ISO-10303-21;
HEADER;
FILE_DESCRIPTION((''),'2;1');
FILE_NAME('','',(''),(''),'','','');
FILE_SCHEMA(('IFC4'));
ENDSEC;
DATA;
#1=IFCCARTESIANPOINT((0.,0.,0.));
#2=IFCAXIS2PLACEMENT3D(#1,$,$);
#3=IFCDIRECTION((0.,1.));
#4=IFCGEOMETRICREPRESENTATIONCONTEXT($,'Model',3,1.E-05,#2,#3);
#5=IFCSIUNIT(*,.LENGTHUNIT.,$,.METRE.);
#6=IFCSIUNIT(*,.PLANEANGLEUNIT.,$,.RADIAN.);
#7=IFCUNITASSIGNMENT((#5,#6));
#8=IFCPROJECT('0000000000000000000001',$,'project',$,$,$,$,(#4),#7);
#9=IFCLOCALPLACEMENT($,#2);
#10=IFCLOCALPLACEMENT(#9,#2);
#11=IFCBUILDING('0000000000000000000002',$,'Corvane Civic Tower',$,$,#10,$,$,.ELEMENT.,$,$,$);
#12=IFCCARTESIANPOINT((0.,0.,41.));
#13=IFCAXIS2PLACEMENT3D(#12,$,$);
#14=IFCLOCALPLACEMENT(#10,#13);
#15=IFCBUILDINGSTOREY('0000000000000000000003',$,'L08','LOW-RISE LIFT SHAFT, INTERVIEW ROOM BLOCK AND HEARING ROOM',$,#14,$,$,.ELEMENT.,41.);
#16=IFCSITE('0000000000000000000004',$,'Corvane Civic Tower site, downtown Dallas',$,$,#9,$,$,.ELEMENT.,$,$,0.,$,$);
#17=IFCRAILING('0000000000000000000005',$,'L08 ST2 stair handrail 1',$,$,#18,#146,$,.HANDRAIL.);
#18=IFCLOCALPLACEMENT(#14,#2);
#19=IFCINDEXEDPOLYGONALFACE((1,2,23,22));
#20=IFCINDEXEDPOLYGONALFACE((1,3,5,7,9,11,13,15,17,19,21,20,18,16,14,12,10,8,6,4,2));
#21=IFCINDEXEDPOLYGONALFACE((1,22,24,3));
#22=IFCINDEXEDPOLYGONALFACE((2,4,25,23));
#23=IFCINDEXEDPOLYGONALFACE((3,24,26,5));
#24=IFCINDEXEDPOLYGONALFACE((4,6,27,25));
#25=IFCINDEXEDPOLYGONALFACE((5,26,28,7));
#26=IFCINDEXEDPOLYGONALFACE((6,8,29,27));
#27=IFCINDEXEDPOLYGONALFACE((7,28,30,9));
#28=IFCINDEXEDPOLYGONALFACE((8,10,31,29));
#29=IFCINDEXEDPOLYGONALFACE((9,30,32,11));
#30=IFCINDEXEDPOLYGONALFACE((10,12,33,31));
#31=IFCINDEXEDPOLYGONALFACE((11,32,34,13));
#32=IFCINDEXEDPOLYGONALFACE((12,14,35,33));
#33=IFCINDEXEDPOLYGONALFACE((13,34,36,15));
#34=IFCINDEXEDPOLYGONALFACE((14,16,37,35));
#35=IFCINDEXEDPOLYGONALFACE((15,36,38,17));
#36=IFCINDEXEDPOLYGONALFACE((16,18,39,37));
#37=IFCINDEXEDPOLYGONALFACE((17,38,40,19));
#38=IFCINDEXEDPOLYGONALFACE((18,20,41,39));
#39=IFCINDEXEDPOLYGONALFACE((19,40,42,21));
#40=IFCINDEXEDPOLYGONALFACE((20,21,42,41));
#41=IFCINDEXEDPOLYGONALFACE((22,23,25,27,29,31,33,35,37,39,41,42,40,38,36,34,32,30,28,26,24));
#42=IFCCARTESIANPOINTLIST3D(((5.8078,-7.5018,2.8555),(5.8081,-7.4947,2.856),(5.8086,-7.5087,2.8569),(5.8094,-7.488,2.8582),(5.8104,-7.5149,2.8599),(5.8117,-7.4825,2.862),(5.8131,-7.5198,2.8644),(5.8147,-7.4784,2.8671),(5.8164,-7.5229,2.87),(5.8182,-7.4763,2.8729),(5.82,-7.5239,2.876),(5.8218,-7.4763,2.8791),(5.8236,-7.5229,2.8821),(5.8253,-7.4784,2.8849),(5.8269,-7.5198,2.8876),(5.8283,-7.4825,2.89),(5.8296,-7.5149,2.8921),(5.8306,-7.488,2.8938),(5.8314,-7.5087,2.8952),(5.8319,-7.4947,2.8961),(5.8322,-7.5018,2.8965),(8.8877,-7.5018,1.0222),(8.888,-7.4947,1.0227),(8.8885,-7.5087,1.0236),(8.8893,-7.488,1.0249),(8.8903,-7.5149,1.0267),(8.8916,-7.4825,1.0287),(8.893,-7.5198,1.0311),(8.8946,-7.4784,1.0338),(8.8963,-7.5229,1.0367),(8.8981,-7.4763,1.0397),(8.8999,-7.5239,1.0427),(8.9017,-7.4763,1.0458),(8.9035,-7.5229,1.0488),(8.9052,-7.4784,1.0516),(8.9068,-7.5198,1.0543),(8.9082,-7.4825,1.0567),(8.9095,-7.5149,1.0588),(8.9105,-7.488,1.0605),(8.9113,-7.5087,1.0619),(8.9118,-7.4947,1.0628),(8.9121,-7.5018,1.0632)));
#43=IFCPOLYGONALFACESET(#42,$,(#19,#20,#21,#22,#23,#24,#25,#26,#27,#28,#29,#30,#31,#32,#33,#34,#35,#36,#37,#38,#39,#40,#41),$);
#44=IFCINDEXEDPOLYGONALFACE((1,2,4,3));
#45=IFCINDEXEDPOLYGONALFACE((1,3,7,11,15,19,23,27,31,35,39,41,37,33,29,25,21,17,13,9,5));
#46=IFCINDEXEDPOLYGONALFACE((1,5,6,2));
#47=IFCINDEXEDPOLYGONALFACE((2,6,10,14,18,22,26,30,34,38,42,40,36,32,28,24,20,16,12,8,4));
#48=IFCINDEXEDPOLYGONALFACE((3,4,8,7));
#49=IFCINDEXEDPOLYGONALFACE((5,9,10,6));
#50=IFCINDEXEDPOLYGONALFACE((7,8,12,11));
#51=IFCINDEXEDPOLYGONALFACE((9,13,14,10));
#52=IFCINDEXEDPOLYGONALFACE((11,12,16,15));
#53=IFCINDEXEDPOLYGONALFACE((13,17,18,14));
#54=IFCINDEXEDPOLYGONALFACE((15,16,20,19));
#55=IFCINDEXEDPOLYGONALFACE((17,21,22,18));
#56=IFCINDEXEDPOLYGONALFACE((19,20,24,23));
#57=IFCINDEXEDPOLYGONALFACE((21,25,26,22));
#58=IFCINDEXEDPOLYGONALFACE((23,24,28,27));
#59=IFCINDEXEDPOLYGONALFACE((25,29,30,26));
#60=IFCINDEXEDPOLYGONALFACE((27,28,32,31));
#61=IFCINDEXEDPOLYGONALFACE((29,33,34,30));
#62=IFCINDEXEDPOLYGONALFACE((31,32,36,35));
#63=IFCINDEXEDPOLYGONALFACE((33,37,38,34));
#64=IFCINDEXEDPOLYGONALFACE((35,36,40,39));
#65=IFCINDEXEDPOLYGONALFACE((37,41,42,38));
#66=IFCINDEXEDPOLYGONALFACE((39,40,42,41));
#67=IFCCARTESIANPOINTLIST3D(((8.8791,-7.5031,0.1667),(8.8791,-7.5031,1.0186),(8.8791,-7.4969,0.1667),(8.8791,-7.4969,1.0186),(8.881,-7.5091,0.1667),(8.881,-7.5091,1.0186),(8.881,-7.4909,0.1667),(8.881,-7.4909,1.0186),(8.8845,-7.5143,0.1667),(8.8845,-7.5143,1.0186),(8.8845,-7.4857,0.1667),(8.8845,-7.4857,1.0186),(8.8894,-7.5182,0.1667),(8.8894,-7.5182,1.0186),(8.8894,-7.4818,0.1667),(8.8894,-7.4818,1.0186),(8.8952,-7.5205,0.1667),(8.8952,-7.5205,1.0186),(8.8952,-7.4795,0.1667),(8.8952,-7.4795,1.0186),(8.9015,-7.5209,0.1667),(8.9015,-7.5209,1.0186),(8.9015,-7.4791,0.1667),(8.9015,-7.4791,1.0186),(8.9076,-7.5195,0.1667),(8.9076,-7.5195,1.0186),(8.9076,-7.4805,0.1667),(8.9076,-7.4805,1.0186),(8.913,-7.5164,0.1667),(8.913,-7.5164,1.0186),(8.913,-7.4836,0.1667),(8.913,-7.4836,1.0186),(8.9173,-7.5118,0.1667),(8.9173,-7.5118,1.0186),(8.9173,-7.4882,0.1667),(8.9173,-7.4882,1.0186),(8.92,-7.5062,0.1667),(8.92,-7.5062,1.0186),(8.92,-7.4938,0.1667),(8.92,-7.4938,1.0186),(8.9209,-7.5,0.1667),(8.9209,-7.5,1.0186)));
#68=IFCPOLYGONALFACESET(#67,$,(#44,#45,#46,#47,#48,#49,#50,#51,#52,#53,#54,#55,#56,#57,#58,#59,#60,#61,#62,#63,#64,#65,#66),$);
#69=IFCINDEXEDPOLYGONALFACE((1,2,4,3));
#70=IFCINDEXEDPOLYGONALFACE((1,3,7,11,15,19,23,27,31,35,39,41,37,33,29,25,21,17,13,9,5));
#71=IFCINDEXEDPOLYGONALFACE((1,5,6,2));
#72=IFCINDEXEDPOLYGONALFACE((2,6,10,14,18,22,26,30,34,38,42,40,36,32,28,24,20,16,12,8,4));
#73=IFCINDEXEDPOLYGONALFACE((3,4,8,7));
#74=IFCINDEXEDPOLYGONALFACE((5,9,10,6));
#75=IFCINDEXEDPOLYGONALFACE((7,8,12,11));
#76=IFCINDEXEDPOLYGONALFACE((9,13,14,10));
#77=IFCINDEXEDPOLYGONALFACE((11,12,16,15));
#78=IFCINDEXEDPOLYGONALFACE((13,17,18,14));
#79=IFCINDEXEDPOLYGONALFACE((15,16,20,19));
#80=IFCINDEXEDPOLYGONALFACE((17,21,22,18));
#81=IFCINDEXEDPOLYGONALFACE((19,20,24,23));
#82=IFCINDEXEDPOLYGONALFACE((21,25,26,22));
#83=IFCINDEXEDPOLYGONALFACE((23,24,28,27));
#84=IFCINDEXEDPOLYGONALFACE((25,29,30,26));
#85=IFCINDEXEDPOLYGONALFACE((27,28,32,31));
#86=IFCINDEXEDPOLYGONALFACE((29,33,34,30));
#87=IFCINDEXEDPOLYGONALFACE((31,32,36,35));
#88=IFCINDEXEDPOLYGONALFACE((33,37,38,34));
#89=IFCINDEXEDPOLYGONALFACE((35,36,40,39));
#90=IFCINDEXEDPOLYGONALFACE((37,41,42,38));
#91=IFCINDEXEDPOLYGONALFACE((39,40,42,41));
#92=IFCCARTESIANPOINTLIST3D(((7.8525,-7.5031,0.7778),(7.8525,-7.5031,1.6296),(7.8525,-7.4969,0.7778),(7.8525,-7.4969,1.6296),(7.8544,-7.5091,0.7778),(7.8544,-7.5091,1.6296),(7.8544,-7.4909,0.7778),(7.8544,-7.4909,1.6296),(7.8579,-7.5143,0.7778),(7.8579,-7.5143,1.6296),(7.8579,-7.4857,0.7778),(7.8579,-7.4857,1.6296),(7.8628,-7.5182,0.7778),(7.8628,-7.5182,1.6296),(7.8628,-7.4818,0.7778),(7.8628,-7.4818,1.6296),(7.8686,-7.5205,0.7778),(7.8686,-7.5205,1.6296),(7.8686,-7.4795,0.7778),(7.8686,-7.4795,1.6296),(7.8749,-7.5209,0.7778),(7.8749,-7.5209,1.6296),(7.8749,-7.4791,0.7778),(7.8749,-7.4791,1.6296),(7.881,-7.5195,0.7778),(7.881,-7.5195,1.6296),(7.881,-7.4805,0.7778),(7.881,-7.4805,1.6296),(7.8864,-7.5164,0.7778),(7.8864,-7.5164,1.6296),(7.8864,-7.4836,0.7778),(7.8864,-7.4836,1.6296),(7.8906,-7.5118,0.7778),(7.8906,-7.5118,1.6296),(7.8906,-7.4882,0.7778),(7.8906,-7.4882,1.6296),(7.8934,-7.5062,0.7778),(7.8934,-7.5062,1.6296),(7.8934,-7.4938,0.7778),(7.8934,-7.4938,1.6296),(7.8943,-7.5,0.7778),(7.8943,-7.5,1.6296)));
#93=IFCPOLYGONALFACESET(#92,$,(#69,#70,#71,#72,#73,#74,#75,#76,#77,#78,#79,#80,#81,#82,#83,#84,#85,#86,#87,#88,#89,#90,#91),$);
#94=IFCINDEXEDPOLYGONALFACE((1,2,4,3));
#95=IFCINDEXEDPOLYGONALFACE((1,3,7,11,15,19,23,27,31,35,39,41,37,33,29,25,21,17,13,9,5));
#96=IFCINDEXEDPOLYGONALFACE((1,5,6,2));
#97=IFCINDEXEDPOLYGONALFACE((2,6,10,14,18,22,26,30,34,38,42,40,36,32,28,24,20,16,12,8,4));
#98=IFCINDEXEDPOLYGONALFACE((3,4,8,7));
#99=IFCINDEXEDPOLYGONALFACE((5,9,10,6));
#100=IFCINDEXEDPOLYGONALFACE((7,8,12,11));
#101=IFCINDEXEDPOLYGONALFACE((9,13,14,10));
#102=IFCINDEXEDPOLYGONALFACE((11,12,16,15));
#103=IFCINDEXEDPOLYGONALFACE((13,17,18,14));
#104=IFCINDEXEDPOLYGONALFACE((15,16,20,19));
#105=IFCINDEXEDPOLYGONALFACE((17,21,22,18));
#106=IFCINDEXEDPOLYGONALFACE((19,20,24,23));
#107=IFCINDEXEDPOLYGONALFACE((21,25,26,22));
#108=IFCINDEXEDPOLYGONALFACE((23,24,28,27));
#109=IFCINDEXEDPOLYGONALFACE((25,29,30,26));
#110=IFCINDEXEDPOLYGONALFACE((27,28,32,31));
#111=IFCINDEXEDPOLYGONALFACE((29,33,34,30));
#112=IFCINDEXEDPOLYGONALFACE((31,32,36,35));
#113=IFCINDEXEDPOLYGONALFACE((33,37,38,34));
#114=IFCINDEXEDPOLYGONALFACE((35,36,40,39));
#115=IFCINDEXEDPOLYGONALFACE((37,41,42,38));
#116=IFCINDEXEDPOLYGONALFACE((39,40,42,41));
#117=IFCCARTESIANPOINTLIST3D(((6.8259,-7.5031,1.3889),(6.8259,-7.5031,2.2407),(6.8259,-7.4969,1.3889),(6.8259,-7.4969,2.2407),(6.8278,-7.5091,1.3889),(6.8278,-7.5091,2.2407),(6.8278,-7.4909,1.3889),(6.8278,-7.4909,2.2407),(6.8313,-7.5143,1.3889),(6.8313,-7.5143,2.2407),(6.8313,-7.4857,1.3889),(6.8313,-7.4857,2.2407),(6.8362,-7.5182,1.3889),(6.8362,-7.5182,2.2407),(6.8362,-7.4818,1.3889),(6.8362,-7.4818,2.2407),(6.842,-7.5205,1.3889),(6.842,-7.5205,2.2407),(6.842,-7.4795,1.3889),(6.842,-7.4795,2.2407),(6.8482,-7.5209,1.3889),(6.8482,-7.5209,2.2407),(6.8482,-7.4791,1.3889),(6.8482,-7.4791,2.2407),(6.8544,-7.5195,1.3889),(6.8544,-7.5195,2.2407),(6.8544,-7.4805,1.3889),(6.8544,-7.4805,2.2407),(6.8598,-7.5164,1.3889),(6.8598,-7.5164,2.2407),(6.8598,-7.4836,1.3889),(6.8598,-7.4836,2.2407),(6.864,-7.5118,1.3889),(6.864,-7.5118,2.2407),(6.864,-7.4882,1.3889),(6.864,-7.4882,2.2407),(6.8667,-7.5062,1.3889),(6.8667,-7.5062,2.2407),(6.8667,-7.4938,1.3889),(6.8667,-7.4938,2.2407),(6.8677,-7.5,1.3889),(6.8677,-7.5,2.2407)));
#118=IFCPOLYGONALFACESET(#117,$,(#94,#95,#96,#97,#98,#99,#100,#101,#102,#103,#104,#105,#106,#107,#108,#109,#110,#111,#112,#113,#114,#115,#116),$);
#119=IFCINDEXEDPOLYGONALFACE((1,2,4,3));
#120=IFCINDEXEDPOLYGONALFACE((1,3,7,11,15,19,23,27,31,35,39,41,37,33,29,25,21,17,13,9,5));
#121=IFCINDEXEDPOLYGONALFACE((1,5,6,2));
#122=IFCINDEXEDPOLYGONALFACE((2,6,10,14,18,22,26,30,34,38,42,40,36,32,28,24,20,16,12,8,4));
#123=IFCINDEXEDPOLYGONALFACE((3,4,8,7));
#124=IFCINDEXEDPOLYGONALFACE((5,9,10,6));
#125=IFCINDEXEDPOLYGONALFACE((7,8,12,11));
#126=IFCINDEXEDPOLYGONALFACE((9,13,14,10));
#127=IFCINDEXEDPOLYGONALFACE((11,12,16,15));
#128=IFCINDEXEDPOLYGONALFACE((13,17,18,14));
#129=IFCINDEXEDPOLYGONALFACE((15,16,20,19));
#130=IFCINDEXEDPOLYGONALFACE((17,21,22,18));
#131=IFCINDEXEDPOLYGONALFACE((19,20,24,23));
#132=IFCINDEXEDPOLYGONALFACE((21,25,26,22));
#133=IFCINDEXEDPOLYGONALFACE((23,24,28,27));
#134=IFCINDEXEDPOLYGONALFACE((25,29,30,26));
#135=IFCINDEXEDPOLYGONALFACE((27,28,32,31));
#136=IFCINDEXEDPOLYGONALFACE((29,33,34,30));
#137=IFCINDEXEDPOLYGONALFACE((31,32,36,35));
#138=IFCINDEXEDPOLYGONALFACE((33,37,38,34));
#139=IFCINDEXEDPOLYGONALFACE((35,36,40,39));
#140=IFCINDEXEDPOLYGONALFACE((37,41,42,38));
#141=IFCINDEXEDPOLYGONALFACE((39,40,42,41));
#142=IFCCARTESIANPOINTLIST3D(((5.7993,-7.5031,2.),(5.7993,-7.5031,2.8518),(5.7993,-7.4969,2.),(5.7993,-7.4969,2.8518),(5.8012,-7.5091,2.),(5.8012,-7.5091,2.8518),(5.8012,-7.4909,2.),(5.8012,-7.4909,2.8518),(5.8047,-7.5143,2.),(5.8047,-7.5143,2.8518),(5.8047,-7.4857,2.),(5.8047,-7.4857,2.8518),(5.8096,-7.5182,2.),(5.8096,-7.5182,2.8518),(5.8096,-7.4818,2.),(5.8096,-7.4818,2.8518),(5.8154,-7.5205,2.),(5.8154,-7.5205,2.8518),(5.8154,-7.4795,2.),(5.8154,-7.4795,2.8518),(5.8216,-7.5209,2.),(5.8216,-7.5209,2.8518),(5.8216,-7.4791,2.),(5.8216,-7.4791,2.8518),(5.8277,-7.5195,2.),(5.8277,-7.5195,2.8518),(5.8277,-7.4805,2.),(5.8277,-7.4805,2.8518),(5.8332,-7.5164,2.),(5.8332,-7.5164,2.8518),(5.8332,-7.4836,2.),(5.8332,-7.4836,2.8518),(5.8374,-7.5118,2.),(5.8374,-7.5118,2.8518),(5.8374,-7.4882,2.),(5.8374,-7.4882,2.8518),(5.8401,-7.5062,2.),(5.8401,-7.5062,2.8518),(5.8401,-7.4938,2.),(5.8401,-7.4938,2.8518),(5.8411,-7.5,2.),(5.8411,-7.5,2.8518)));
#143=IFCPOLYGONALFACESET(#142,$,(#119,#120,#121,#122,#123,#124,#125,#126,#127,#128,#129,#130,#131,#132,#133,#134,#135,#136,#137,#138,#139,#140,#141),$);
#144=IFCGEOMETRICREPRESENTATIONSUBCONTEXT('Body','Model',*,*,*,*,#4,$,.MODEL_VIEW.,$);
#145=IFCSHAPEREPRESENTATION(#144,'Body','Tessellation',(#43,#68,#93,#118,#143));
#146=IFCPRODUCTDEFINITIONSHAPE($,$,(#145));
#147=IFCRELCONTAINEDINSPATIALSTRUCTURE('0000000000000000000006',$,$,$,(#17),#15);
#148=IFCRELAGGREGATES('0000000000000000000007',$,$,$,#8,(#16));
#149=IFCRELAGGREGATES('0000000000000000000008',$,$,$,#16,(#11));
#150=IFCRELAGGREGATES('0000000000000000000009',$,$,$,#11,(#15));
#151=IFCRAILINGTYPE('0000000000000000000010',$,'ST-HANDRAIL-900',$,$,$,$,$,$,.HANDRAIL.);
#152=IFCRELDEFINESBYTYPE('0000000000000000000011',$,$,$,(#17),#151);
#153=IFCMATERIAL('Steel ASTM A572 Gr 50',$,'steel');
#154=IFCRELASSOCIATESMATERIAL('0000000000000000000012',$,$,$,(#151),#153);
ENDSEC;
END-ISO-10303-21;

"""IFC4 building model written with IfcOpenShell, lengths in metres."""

from ifc_helpers import new_model, si_unit, direction, frame, origin, origin_2d, place, context, subcontext, project, spatial, circle, extrude, material, type_object, element, save


model = new_model("IFC4")

# Units and contexts
model_context = context("Model", 3, precision=1e-05, world=origin(), true_north=direction((0.0, 1.0)))
body_context = subcontext(model_context, "Body", "Model", "MODEL_VIEW")
ifc_project = project(units=[si_unit("LENGTHUNIT", "METRE"), si_unit("PLANEANGLEUNIT", "RADIAN")], contexts=[model_context])

# Site, building, storey
site_placement = place(None, origin())
site = spatial("IfcSite", under=ifc_project, at=site_placement, Name="Corvane Civic Tower site, downtown Dallas", CompositionType="ELEMENT", RefElevation=0.0)
building_placement = place(site_placement, origin())
building = spatial("IfcBuilding", under=site, at=building_placement, Name="Corvane Civic Tower", CompositionType="ELEMENT")
storey_placement = place(building_placement, frame((0.0, 0.0, 41.0)))
storey = spatial("IfcBuildingStorey", under=building, at=storey_placement, Name="L08", Description="LOW-RISE LIFT SHAFT, INTERVIEW ROOM BLOCK AND HEARING ROOM", CompositionType="ELEMENT", Elevation=41.0)

# Railing
ifc_material_1 = material(Name="Steel ASTM A572 Gr 50", Category="steel")
railing_type_1 = type_object("IfcRailingType", Name="ST-HANDRAIL-900", PredefinedType="HANDRAIL", material=ifc_material_1)
railing_1_placement = place(storey_placement, frame((8.8999, -7.5, 0.1667)))
element("IfcRailing", 1, at=railing_1_placement, inside=storey, type_object=railing_type_1, Name="L08 ST2 stair handrail 1", PredefinedType="HANDRAIL", context=body_context, shape_type="SweptSolid", body=[
    extrude(circle(Radius=0.0239, at=origin_2d()), frame((0.0, 0.0, 0.876), z_axis=(-0.859291, 0.0, 0.511487), x_axis=(0.0, -1.0, 0.0)), (0.0, 0.0, 1.0), 3.5842),
    extrude(circle(Radius=0.021, at=origin_2d()), origin(), (0.0, 0.0, 1.0), 0.8518),
    extrude(circle(Radius=0.021, at=origin_2d()), frame((-1.0266, 0.0, 0.6111)), (0.0, 0.0, 1.0), 0.8518),
    extrude(circle(Radius=0.021, at=origin_2d()), frame((-2.0532, 0.0, 1.2222)), (0.0, 0.0, 1.0), 0.8518),
    extrude(circle(Radius=0.021, at=origin_2d()), frame((-3.0798, 0.0, 1.8333)), (0.0, 0.0, 1.0), 0.8518),
])

save(model, "model.ifc")
